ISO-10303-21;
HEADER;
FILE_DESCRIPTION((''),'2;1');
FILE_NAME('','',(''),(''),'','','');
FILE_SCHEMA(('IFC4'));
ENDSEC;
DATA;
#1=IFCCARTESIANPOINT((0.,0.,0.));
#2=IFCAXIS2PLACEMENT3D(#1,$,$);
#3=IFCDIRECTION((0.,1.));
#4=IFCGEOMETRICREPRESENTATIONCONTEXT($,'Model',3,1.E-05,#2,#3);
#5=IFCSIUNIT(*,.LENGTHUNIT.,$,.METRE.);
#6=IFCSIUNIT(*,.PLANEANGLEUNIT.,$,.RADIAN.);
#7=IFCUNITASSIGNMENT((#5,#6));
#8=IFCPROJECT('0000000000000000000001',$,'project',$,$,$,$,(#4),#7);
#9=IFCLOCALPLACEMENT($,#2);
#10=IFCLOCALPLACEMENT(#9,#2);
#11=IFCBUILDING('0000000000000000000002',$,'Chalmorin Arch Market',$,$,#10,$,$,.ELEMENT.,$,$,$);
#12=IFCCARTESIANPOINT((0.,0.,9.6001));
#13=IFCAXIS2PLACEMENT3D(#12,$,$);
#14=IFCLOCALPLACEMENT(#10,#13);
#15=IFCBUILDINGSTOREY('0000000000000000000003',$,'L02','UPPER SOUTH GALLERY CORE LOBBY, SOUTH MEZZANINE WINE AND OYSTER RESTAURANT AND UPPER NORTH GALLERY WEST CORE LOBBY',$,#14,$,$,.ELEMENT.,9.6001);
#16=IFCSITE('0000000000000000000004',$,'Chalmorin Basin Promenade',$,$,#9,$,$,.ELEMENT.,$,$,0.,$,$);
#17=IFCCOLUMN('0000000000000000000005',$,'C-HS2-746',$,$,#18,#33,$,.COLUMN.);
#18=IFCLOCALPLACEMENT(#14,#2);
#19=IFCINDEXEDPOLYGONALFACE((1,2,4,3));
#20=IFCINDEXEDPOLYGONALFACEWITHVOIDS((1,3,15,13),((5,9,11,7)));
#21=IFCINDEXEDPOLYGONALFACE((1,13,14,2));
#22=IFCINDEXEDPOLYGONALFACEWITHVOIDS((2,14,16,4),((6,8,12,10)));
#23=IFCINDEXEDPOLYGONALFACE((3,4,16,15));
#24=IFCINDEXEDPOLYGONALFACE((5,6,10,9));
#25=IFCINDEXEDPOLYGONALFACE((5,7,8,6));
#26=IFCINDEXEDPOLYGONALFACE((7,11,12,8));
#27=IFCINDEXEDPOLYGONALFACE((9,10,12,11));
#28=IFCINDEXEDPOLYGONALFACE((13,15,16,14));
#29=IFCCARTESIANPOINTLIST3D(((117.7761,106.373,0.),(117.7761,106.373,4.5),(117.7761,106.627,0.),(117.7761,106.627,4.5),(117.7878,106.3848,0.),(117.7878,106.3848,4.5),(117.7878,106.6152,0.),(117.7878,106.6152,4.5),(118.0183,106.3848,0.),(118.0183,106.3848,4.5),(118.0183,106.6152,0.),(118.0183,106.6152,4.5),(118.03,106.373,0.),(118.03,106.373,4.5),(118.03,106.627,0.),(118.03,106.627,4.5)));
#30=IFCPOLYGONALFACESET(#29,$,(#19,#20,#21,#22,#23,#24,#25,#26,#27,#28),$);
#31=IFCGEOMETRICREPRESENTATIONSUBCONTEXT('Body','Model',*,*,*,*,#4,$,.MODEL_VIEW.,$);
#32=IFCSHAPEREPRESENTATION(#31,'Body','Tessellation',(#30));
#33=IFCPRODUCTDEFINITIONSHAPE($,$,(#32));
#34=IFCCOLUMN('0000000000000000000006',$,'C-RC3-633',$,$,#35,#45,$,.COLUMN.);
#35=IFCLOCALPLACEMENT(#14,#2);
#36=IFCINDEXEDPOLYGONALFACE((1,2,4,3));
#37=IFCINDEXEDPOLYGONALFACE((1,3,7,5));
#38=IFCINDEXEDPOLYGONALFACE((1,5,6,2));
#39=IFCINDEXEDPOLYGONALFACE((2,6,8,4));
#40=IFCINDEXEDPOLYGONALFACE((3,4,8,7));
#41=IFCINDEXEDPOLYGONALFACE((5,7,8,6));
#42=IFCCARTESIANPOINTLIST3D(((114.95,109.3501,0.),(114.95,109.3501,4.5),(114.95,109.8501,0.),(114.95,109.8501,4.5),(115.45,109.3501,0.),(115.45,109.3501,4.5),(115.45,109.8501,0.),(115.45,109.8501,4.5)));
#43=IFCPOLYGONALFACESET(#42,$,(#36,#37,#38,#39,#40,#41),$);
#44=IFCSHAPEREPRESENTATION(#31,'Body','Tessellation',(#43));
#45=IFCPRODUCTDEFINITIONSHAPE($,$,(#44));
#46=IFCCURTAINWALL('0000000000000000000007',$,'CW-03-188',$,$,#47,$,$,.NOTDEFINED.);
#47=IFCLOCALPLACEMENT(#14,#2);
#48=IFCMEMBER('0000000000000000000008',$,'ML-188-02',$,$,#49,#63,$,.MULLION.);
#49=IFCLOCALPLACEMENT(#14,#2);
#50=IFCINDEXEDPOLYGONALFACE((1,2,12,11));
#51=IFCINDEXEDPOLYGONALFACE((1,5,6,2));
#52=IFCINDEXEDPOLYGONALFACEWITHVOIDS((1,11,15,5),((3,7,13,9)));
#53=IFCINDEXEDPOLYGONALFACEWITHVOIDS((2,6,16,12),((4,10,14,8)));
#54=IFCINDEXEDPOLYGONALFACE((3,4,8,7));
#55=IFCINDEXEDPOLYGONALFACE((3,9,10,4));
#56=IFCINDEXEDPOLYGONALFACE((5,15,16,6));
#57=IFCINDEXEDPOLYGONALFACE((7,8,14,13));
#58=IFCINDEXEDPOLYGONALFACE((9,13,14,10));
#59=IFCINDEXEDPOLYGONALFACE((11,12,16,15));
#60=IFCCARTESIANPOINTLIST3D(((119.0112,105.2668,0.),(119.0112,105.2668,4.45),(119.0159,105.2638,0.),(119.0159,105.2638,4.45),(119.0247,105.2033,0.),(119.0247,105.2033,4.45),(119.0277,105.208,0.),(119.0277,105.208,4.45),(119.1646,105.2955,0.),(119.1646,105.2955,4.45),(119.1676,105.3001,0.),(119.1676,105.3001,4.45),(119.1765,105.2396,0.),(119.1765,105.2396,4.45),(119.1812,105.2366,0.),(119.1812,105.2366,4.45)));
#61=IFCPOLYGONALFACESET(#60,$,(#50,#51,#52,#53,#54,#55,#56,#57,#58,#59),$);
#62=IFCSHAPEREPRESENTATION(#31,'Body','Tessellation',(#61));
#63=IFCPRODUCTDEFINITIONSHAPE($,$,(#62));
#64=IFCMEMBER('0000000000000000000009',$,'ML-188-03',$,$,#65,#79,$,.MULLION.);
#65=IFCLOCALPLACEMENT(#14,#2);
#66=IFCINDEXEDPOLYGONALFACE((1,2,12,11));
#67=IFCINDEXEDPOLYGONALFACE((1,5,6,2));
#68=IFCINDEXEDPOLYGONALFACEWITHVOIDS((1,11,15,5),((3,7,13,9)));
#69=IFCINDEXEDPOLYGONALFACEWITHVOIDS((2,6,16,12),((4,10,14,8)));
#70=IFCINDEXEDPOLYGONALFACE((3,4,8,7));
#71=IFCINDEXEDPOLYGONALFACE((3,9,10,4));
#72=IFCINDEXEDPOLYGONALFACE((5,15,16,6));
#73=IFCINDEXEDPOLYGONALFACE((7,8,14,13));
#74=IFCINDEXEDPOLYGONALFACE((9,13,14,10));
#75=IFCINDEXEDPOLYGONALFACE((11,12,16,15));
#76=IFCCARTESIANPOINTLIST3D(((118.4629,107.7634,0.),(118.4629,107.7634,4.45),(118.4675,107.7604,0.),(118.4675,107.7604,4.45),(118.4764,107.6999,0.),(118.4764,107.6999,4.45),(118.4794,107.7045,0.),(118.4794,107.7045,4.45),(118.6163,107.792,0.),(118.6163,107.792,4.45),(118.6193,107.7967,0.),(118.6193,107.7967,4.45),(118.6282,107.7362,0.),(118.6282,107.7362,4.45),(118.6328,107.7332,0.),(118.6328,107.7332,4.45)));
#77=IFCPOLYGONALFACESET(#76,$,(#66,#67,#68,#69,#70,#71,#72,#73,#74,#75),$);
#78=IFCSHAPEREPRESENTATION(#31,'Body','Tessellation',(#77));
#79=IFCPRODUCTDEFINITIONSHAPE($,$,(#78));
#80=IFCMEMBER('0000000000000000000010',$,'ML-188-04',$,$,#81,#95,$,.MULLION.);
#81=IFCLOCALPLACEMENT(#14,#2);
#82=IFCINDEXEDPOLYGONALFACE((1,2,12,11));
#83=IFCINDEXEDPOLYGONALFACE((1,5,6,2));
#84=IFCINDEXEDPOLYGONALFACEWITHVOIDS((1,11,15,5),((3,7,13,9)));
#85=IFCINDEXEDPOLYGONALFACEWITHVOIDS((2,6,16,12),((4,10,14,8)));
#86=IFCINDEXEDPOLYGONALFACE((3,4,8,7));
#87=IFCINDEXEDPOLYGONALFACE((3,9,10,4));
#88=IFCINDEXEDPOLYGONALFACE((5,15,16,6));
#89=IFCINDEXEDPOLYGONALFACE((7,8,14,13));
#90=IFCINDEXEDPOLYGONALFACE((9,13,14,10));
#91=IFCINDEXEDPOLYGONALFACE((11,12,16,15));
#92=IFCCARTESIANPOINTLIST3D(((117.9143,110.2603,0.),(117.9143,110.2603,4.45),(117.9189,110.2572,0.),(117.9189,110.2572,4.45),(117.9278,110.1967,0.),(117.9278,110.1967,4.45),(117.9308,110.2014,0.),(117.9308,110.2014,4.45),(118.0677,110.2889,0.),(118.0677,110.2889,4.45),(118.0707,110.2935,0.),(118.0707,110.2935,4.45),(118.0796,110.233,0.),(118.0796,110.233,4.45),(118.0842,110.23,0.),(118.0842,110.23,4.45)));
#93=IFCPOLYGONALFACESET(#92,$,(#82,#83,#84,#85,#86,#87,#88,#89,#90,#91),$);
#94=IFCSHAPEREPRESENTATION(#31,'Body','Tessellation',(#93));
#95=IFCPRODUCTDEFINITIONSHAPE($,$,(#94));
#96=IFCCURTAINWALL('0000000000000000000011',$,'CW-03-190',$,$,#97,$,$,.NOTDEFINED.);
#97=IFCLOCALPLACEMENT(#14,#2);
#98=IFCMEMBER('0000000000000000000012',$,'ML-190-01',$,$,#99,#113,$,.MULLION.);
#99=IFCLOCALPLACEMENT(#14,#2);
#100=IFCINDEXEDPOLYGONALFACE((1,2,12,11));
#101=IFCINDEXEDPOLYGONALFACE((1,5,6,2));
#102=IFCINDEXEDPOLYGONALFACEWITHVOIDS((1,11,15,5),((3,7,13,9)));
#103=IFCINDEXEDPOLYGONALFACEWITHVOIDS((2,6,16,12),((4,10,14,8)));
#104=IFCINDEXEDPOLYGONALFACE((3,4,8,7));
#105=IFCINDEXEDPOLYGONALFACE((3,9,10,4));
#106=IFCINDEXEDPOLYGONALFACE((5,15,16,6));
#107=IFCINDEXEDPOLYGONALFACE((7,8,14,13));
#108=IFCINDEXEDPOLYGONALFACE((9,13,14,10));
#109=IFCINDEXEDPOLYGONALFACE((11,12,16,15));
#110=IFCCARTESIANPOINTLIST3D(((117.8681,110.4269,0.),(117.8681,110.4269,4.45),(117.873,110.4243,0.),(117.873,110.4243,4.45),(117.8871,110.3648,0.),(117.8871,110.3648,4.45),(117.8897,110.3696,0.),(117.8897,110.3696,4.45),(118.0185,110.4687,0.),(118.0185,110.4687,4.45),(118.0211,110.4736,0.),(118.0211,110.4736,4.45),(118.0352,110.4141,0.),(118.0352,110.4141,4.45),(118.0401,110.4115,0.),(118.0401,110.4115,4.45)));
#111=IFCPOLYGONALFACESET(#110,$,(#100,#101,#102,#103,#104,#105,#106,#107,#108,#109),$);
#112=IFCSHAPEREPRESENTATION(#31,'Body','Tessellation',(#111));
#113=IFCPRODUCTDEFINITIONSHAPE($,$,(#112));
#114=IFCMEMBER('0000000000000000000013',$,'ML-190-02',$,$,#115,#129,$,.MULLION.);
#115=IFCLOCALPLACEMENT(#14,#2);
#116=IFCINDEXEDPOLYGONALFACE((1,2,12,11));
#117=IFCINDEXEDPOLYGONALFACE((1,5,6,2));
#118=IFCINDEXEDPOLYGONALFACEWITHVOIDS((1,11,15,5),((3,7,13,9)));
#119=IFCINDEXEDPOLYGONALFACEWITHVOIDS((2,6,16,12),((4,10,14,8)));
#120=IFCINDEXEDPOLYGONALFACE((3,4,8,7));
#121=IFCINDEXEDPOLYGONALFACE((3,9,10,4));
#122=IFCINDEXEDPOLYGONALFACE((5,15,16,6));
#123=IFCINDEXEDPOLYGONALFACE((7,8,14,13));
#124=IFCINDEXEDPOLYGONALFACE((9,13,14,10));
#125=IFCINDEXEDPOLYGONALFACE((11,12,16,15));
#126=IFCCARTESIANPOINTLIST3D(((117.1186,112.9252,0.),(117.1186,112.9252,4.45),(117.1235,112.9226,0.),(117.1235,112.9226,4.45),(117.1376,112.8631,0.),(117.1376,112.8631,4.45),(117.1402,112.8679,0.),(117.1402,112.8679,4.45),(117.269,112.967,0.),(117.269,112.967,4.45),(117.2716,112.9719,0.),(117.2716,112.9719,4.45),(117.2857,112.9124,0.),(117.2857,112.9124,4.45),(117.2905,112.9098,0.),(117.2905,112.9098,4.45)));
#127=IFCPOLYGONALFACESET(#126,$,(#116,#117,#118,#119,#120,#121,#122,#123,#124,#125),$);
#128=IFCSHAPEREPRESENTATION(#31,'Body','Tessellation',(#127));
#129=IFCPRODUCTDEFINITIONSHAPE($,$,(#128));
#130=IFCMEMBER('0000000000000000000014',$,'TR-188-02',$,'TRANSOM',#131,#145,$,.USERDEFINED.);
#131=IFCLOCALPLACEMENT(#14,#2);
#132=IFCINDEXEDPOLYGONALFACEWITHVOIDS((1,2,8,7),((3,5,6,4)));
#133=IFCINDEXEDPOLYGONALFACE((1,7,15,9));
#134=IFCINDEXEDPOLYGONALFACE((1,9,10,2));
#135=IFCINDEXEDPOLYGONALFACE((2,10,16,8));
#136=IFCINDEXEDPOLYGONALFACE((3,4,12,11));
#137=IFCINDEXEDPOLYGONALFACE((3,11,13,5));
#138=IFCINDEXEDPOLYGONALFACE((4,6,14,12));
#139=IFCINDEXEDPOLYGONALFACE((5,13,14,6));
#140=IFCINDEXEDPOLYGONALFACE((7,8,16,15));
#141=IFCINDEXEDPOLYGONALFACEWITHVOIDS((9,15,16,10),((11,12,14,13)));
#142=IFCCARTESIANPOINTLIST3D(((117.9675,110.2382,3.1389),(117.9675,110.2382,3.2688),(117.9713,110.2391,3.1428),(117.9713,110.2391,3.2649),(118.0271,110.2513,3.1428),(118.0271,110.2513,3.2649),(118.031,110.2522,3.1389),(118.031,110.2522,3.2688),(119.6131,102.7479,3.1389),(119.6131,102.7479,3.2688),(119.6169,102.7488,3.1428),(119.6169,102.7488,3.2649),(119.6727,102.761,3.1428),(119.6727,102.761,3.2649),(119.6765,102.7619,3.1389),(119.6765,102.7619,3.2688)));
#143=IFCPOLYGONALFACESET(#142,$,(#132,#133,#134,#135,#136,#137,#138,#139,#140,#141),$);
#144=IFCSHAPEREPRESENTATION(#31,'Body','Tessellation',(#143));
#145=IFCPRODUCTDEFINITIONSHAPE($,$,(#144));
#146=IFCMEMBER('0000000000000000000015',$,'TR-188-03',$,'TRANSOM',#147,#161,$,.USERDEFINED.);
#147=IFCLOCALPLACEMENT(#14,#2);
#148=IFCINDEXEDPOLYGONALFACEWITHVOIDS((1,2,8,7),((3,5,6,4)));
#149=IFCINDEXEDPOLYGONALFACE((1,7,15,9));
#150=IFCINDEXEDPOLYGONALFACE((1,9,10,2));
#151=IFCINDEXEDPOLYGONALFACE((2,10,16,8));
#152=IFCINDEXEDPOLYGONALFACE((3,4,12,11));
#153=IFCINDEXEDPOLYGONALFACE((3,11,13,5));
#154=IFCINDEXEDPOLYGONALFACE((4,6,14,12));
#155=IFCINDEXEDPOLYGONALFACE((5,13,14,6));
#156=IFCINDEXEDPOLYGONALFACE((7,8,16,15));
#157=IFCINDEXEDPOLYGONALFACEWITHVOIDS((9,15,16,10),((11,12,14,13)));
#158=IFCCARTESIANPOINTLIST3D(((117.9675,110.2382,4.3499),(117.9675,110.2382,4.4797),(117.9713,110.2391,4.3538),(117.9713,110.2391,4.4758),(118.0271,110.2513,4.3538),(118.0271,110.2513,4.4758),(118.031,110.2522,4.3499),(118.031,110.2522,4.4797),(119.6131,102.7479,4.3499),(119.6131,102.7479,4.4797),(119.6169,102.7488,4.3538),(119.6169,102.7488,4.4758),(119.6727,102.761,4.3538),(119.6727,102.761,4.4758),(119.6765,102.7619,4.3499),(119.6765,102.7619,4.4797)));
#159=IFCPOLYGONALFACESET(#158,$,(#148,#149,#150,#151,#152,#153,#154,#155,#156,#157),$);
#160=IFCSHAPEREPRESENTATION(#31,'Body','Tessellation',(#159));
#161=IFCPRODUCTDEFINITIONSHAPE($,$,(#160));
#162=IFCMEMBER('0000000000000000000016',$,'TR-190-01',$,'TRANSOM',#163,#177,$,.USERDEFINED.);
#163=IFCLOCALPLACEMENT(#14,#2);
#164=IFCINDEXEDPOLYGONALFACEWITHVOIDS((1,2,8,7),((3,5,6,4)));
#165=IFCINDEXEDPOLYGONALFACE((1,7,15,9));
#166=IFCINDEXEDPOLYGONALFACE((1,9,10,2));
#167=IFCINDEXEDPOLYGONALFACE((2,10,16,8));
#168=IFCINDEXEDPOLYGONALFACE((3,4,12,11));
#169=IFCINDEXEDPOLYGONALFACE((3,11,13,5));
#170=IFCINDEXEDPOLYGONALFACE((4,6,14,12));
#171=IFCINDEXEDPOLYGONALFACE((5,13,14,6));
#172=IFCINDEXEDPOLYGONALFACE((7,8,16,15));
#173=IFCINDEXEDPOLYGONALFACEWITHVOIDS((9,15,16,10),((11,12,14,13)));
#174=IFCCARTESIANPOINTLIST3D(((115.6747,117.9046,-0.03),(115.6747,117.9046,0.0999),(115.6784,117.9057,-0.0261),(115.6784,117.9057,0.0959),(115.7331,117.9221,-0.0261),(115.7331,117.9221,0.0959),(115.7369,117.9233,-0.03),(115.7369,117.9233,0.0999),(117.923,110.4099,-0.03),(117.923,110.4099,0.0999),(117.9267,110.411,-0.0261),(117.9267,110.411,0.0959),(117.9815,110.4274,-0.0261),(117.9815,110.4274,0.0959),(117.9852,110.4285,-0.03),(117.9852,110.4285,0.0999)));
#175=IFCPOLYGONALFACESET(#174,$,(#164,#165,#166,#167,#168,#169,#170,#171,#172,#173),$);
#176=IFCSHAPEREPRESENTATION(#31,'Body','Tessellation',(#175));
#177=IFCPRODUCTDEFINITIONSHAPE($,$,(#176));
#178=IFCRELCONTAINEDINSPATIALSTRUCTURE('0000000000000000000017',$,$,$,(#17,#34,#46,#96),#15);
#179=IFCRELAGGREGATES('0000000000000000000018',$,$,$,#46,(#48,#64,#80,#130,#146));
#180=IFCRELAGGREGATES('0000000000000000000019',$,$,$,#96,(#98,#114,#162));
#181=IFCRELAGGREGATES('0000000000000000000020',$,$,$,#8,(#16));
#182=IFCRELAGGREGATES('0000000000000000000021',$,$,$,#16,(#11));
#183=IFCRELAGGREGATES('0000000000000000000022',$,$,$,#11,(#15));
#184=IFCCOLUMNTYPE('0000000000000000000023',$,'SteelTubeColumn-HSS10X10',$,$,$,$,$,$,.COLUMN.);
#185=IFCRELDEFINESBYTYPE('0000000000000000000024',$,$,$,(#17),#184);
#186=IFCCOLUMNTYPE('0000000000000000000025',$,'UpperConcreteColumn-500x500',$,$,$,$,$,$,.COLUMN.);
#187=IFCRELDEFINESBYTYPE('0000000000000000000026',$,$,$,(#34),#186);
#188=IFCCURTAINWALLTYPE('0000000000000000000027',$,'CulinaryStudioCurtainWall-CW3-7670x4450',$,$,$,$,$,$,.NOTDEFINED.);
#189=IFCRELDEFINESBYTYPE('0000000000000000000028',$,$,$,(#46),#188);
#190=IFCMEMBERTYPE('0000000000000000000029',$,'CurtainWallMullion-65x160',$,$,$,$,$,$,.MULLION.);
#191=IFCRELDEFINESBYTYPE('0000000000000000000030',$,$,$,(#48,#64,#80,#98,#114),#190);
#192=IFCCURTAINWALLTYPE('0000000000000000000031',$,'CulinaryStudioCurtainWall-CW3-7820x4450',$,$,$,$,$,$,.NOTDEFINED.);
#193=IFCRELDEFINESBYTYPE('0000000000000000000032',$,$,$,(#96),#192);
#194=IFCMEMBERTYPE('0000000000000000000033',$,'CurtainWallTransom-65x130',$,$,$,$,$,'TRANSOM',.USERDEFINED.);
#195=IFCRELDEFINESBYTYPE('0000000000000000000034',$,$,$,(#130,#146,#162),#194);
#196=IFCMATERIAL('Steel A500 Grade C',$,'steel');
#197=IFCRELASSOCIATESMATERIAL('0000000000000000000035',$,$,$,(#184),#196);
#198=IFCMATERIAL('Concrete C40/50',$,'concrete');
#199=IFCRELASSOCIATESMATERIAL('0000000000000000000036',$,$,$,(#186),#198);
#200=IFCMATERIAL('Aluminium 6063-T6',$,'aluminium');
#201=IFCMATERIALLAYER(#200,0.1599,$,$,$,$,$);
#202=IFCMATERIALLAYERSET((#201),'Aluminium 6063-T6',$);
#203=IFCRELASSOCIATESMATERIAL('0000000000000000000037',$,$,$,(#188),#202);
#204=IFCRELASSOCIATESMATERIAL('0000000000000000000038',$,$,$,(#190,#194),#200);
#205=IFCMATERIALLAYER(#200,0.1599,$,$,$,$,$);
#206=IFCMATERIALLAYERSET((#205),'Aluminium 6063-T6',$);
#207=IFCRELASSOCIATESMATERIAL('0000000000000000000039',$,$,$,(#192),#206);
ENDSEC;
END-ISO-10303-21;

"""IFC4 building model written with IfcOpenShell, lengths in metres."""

from ifc_helpers import new_model, si_unit, direction, frame, origin, origin_2d, place, context, subcontext, project, spatial, rectangle, hollow_rectangle, extrude, material, layer, layer_set, material_profile, profile_set, type_object, element, aggregate, save


model = new_model("IFC4")

# Units and contexts
model_context = context("Model", 3, precision=1e-05, world=origin(), true_north=direction((0.0, 1.0)))
body_context = subcontext(model_context, "Body", "Model", "MODEL_VIEW")
ifc_project = project(units=[si_unit("LENGTHUNIT", "METRE"), si_unit("PLANEANGLEUNIT", "RADIAN")], contexts=[model_context])

# Site, building, storey
site_placement = place(None, origin())
site = spatial("IfcSite", under=ifc_project, at=site_placement, Name="Chalmorin Basin Promenade", CompositionType="ELEMENT", RefElevation=0.0)
building_placement = place(site_placement, origin())
building = spatial("IfcBuilding", under=site, at=building_placement, Name="Chalmorin Arch Market", CompositionType="ELEMENT")
storey_placement = place(building_placement, frame((0.0, 0.0, 9.6001)))
storey = spatial("IfcBuildingStorey", under=building, at=storey_placement, Name="L02", Description="UPPER SOUTH GALLERY CORE LOBBY, SOUTH MEZZANINE WINE AND OYSTER RESTAURANT AND UPPER NORTH GALLERY WEST CORE LOBBY", CompositionType="ELEMENT", Elevation=9.6001)

# Columns
ifc_material_1 = material(Name="Steel A500 Grade C", Category="steel")
ifc_material_profile_1 = material_profile(ifc_material_1, hollow_rectangle(XDim=0.2539, YDim=0.2539, WallThickness=0.0117, at=origin_2d()), Name="HSS10X10X1/2")
ifc_profile_set_1 = profile_set([ifc_material_profile_1], Name="Steel A500 Grade C")
column_type_1 = type_object("IfcColumnType", Name="SteelTubeColumn-HSS10X10", PredefinedType="COLUMN", material=ifc_profile_set_1)
column_1_placement = place(storey_placement, frame((117.9031, 106.5, 0.0), z_axis=(0.0, 0.0, 1.0), x_axis=(1.0, 0.0, 0.0)))
element("IfcColumn", 1, at=column_1_placement, inside=storey, type_object=column_type_1, Name="C-HS2-746", PredefinedType="COLUMN", context=body_context, shape_type="SweptSolid", body=[
    extrude(hollow_rectangle(XDim=0.2539, YDim=0.2539, WallThickness=0.0117, at=origin_2d()), origin(), (0.0, 0.0, 1.0), 4.5),
])
ifc_material_2 = material(Name="Concrete C40/50", Category="concrete")
ifc_material_profile_2 = material_profile(ifc_material_2, rectangle(XDim=0.5, YDim=0.5, at=origin_2d()), Name="RC500X500")
ifc_profile_set_2 = profile_set([ifc_material_profile_2], Name="Concrete C40/50")
column_type_2 = type_object("IfcColumnType", Name="UpperConcreteColumn-500x500", PredefinedType="COLUMN", material=ifc_profile_set_2)
column_2_placement = place(storey_placement, frame((115.2, 109.6001, 0.0), z_axis=(0.0, 0.0, 1.0), x_axis=(1.0, 0.0, 0.0)))
element("IfcColumn", 2, at=column_2_placement, inside=storey, type_object=column_type_2, Name="C-RC3-633", PredefinedType="COLUMN", context=body_context, shape_type="SweptSolid", body=[
    extrude(rectangle(XDim=0.5, YDim=0.5, at=origin_2d()), origin(), (0.0, 0.0, 1.0), 4.5),
])

# Curtain walls, members
ifc_material_3 = material(Name="Aluminium 6063-T6", Category="aluminium")
ifc_layer_1 = layer(ifc_material_3, 0.1599)
ifc_layer_set_1 = layer_set([ifc_layer_1], Name="Aluminium 6063-T6")
curtain_wall_type_1 = type_object("IfcCurtainWallType", Name="CulinaryStudioCurtainWall-CW3-7670x4450", PredefinedType="NOTDEFINED", material=ifc_layer_set_1)
curtain_wall_1_placement = place(storey_placement, origin())
curtain_wall_1 = element("IfcCurtainWall", 3, at=curtain_wall_1_placement, inside=storey, type_object=curtain_wall_type_1, Name="CW-03-188", PredefinedType="NOTDEFINED")
ifc_material_profile_3 = material_profile(ifc_material_3, hollow_rectangle(XDim=0.0649, YDim=0.1599, WallThickness=0.0039, at=origin_2d()), Name="ALU65X160X4")
ifc_profile_set_3 = profile_set([ifc_material_profile_3], Name="Aluminium 6063-T6")
member_type_1 = type_object("IfcMemberType", Name="CurtainWallMullion-65x160", PredefinedType="MULLION", material=ifc_profile_set_3)
member_1_placement = place(storey_placement, frame((119.0962, 105.2517, 0.0), z_axis=(0.0, 0.0, 1.0), x_axis=(-0.207912, 0.978148, 0.0)))
member_1 = element("IfcMember", 4, at=member_1_placement, type_object=member_type_1, Name="ML-188-02", PredefinedType="MULLION", context=body_context, shape_type="SweptSolid", body=[
    extrude(hollow_rectangle(XDim=0.0649, YDim=0.1599, WallThickness=0.0039, at=origin_2d()), origin(), (0.0, 0.0, 1.0), 4.45),
])
member_2_placement = place(storey_placement, frame((118.5479, 107.7483, 0.0), z_axis=(0.0, 0.0, 1.0), x_axis=(-0.207912, 0.978148, 0.0)))
member_2 = element("IfcMember", 5, at=member_2_placement, type_object=member_type_1, Name="ML-188-03", PredefinedType="MULLION", context=body_context, shape_type="SweptSolid", body=[
    extrude(hollow_rectangle(XDim=0.0649, YDim=0.1599, WallThickness=0.0039, at=origin_2d()), origin(), (0.0, 0.0, 1.0), 4.45),
])
member_3_placement = place(storey_placement, frame((117.9993, 110.2451, 0.0), z_axis=(0.0, 0.0, 1.0), x_axis=(-0.207912, 0.978148, 0.0)))
member_3 = element("IfcMember", 6, at=member_3_placement, type_object=member_type_1, Name="ML-188-04", PredefinedType="MULLION", context=body_context, shape_type="SweptSolid", body=[
    extrude(hollow_rectangle(XDim=0.0649, YDim=0.1599, WallThickness=0.0039, at=origin_2d()), origin(), (0.0, 0.0, 1.0), 4.45),
])
ifc_layer_2 = layer(ifc_material_3, 0.1599)
ifc_layer_set_2 = layer_set([ifc_layer_2], Name="Aluminium 6063-T6")
curtain_wall_type_2 = type_object("IfcCurtainWallType", Name="CulinaryStudioCurtainWall-CW3-7820x4450", PredefinedType="NOTDEFINED", material=ifc_layer_set_2)
curtain_wall_2_placement = place(storey_placement, origin())
curtain_wall_2 = element("IfcCurtainWall", 7, at=curtain_wall_2_placement, inside=storey, type_object=curtain_wall_type_2, Name="CW-03-190", PredefinedType="NOTDEFINED")
member_4_placement = place(storey_placement, frame((117.9541, 110.4192, 0.0), z_axis=(0.0, 0.0, 1.0), x_axis=(-0.292372, 0.956305, 0.0)))
member_4 = element("IfcMember", 8, at=member_4_placement, type_object=member_type_1, Name="ML-190-01", PredefinedType="MULLION", context=body_context, shape_type="SweptSolid", body=[
    extrude(hollow_rectangle(XDim=0.0649, YDim=0.1599, WallThickness=0.0039, at=origin_2d()), origin(), (0.0, 0.0, 1.0), 4.45),
])
member_5_placement = place(storey_placement, frame((117.2046, 112.9175, 0.0), z_axis=(0.0, 0.0, 1.0), x_axis=(-0.292372, 0.956305, 0.0)))
member_5 = element("IfcMember", 9, at=member_5_placement, type_object=member_type_1, Name="ML-190-02", PredefinedType="MULLION", context=body_context, shape_type="SweptSolid", body=[
    extrude(hollow_rectangle(XDim=0.0649, YDim=0.1599, WallThickness=0.0039, at=origin_2d()), origin(), (0.0, 0.0, 1.0), 4.45),
])

# Members
ifc_material_profile_4 = material_profile(ifc_material_3, hollow_rectangle(XDim=0.0649, YDim=0.1299, WallThickness=0.0039, at=origin_2d()), Name="ALU65X130X4")
ifc_profile_set_4 = profile_set([ifc_material_profile_4], Name="Aluminium 6063-T6")
member_type_2 = type_object("IfcMemberType", Name="CurtainWallTransom-65x130", ElementType="TRANSOM", PredefinedType="USERDEFINED", material=ifc_profile_set_4)
member_6_placement = place(storey_placement, frame((119.6448, 102.7549, 3.2039), z_axis=(-0.21457, 0.976709, 0.0), x_axis=(-0.976709, -0.21457, 0.0)))
member_6 = element("IfcMember", 10, at=member_6_placement, type_object=member_type_2, Name="TR-188-02", ObjectType="TRANSOM", PredefinedType="USERDEFINED", context=body_context, shape_type="SweptSolid", body=[
    extrude(hollow_rectangle(XDim=0.0649, YDim=0.1299, WallThickness=0.0039, at=origin_2d()), origin(), (0.0, 0.0, 1.0), 7.6689),
])
member_7_placement = place(storey_placement, frame((119.6448, 102.7549, 4.4148), z_axis=(-0.21457, 0.976709, 0.0), x_axis=(-0.976709, -0.21457, 0.0)))
member_7 = element("IfcMember", 11, at=member_7_placement, type_object=member_type_2, Name="TR-188-03", ObjectType="TRANSOM", PredefinedType="USERDEFINED", context=body_context, shape_type="SweptSolid", body=[
    extrude(hollow_rectangle(XDim=0.0649, YDim=0.1299, WallThickness=0.0039, at=origin_2d()), origin(), (0.0, 0.0, 1.0), 7.6689),
])
member_8_placement = place(storey_placement, frame((117.9541, 110.4192, 0.0349), z_axis=(-0.287336, 0.95783, 0.0), x_axis=(-0.95783, -0.287336, 0.0)))
member_8 = element("IfcMember", 12, at=member_8_placement, type_object=member_type_2, Name="TR-190-01", ObjectType="TRANSOM", PredefinedType="USERDEFINED", context=body_context, shape_type="SweptSolid", body=[
    extrude(hollow_rectangle(XDim=0.0649, YDim=0.1299, WallThickness=0.0039, at=origin_2d()), origin(), (0.0, 0.0, 1.0), 7.8247),
])

aggregate(curtain_wall_1, [member_1, member_2, member_3, member_6, member_7])
aggregate(curtain_wall_2, [member_4, member_5, member_8])

save(model, "model.ifc")
